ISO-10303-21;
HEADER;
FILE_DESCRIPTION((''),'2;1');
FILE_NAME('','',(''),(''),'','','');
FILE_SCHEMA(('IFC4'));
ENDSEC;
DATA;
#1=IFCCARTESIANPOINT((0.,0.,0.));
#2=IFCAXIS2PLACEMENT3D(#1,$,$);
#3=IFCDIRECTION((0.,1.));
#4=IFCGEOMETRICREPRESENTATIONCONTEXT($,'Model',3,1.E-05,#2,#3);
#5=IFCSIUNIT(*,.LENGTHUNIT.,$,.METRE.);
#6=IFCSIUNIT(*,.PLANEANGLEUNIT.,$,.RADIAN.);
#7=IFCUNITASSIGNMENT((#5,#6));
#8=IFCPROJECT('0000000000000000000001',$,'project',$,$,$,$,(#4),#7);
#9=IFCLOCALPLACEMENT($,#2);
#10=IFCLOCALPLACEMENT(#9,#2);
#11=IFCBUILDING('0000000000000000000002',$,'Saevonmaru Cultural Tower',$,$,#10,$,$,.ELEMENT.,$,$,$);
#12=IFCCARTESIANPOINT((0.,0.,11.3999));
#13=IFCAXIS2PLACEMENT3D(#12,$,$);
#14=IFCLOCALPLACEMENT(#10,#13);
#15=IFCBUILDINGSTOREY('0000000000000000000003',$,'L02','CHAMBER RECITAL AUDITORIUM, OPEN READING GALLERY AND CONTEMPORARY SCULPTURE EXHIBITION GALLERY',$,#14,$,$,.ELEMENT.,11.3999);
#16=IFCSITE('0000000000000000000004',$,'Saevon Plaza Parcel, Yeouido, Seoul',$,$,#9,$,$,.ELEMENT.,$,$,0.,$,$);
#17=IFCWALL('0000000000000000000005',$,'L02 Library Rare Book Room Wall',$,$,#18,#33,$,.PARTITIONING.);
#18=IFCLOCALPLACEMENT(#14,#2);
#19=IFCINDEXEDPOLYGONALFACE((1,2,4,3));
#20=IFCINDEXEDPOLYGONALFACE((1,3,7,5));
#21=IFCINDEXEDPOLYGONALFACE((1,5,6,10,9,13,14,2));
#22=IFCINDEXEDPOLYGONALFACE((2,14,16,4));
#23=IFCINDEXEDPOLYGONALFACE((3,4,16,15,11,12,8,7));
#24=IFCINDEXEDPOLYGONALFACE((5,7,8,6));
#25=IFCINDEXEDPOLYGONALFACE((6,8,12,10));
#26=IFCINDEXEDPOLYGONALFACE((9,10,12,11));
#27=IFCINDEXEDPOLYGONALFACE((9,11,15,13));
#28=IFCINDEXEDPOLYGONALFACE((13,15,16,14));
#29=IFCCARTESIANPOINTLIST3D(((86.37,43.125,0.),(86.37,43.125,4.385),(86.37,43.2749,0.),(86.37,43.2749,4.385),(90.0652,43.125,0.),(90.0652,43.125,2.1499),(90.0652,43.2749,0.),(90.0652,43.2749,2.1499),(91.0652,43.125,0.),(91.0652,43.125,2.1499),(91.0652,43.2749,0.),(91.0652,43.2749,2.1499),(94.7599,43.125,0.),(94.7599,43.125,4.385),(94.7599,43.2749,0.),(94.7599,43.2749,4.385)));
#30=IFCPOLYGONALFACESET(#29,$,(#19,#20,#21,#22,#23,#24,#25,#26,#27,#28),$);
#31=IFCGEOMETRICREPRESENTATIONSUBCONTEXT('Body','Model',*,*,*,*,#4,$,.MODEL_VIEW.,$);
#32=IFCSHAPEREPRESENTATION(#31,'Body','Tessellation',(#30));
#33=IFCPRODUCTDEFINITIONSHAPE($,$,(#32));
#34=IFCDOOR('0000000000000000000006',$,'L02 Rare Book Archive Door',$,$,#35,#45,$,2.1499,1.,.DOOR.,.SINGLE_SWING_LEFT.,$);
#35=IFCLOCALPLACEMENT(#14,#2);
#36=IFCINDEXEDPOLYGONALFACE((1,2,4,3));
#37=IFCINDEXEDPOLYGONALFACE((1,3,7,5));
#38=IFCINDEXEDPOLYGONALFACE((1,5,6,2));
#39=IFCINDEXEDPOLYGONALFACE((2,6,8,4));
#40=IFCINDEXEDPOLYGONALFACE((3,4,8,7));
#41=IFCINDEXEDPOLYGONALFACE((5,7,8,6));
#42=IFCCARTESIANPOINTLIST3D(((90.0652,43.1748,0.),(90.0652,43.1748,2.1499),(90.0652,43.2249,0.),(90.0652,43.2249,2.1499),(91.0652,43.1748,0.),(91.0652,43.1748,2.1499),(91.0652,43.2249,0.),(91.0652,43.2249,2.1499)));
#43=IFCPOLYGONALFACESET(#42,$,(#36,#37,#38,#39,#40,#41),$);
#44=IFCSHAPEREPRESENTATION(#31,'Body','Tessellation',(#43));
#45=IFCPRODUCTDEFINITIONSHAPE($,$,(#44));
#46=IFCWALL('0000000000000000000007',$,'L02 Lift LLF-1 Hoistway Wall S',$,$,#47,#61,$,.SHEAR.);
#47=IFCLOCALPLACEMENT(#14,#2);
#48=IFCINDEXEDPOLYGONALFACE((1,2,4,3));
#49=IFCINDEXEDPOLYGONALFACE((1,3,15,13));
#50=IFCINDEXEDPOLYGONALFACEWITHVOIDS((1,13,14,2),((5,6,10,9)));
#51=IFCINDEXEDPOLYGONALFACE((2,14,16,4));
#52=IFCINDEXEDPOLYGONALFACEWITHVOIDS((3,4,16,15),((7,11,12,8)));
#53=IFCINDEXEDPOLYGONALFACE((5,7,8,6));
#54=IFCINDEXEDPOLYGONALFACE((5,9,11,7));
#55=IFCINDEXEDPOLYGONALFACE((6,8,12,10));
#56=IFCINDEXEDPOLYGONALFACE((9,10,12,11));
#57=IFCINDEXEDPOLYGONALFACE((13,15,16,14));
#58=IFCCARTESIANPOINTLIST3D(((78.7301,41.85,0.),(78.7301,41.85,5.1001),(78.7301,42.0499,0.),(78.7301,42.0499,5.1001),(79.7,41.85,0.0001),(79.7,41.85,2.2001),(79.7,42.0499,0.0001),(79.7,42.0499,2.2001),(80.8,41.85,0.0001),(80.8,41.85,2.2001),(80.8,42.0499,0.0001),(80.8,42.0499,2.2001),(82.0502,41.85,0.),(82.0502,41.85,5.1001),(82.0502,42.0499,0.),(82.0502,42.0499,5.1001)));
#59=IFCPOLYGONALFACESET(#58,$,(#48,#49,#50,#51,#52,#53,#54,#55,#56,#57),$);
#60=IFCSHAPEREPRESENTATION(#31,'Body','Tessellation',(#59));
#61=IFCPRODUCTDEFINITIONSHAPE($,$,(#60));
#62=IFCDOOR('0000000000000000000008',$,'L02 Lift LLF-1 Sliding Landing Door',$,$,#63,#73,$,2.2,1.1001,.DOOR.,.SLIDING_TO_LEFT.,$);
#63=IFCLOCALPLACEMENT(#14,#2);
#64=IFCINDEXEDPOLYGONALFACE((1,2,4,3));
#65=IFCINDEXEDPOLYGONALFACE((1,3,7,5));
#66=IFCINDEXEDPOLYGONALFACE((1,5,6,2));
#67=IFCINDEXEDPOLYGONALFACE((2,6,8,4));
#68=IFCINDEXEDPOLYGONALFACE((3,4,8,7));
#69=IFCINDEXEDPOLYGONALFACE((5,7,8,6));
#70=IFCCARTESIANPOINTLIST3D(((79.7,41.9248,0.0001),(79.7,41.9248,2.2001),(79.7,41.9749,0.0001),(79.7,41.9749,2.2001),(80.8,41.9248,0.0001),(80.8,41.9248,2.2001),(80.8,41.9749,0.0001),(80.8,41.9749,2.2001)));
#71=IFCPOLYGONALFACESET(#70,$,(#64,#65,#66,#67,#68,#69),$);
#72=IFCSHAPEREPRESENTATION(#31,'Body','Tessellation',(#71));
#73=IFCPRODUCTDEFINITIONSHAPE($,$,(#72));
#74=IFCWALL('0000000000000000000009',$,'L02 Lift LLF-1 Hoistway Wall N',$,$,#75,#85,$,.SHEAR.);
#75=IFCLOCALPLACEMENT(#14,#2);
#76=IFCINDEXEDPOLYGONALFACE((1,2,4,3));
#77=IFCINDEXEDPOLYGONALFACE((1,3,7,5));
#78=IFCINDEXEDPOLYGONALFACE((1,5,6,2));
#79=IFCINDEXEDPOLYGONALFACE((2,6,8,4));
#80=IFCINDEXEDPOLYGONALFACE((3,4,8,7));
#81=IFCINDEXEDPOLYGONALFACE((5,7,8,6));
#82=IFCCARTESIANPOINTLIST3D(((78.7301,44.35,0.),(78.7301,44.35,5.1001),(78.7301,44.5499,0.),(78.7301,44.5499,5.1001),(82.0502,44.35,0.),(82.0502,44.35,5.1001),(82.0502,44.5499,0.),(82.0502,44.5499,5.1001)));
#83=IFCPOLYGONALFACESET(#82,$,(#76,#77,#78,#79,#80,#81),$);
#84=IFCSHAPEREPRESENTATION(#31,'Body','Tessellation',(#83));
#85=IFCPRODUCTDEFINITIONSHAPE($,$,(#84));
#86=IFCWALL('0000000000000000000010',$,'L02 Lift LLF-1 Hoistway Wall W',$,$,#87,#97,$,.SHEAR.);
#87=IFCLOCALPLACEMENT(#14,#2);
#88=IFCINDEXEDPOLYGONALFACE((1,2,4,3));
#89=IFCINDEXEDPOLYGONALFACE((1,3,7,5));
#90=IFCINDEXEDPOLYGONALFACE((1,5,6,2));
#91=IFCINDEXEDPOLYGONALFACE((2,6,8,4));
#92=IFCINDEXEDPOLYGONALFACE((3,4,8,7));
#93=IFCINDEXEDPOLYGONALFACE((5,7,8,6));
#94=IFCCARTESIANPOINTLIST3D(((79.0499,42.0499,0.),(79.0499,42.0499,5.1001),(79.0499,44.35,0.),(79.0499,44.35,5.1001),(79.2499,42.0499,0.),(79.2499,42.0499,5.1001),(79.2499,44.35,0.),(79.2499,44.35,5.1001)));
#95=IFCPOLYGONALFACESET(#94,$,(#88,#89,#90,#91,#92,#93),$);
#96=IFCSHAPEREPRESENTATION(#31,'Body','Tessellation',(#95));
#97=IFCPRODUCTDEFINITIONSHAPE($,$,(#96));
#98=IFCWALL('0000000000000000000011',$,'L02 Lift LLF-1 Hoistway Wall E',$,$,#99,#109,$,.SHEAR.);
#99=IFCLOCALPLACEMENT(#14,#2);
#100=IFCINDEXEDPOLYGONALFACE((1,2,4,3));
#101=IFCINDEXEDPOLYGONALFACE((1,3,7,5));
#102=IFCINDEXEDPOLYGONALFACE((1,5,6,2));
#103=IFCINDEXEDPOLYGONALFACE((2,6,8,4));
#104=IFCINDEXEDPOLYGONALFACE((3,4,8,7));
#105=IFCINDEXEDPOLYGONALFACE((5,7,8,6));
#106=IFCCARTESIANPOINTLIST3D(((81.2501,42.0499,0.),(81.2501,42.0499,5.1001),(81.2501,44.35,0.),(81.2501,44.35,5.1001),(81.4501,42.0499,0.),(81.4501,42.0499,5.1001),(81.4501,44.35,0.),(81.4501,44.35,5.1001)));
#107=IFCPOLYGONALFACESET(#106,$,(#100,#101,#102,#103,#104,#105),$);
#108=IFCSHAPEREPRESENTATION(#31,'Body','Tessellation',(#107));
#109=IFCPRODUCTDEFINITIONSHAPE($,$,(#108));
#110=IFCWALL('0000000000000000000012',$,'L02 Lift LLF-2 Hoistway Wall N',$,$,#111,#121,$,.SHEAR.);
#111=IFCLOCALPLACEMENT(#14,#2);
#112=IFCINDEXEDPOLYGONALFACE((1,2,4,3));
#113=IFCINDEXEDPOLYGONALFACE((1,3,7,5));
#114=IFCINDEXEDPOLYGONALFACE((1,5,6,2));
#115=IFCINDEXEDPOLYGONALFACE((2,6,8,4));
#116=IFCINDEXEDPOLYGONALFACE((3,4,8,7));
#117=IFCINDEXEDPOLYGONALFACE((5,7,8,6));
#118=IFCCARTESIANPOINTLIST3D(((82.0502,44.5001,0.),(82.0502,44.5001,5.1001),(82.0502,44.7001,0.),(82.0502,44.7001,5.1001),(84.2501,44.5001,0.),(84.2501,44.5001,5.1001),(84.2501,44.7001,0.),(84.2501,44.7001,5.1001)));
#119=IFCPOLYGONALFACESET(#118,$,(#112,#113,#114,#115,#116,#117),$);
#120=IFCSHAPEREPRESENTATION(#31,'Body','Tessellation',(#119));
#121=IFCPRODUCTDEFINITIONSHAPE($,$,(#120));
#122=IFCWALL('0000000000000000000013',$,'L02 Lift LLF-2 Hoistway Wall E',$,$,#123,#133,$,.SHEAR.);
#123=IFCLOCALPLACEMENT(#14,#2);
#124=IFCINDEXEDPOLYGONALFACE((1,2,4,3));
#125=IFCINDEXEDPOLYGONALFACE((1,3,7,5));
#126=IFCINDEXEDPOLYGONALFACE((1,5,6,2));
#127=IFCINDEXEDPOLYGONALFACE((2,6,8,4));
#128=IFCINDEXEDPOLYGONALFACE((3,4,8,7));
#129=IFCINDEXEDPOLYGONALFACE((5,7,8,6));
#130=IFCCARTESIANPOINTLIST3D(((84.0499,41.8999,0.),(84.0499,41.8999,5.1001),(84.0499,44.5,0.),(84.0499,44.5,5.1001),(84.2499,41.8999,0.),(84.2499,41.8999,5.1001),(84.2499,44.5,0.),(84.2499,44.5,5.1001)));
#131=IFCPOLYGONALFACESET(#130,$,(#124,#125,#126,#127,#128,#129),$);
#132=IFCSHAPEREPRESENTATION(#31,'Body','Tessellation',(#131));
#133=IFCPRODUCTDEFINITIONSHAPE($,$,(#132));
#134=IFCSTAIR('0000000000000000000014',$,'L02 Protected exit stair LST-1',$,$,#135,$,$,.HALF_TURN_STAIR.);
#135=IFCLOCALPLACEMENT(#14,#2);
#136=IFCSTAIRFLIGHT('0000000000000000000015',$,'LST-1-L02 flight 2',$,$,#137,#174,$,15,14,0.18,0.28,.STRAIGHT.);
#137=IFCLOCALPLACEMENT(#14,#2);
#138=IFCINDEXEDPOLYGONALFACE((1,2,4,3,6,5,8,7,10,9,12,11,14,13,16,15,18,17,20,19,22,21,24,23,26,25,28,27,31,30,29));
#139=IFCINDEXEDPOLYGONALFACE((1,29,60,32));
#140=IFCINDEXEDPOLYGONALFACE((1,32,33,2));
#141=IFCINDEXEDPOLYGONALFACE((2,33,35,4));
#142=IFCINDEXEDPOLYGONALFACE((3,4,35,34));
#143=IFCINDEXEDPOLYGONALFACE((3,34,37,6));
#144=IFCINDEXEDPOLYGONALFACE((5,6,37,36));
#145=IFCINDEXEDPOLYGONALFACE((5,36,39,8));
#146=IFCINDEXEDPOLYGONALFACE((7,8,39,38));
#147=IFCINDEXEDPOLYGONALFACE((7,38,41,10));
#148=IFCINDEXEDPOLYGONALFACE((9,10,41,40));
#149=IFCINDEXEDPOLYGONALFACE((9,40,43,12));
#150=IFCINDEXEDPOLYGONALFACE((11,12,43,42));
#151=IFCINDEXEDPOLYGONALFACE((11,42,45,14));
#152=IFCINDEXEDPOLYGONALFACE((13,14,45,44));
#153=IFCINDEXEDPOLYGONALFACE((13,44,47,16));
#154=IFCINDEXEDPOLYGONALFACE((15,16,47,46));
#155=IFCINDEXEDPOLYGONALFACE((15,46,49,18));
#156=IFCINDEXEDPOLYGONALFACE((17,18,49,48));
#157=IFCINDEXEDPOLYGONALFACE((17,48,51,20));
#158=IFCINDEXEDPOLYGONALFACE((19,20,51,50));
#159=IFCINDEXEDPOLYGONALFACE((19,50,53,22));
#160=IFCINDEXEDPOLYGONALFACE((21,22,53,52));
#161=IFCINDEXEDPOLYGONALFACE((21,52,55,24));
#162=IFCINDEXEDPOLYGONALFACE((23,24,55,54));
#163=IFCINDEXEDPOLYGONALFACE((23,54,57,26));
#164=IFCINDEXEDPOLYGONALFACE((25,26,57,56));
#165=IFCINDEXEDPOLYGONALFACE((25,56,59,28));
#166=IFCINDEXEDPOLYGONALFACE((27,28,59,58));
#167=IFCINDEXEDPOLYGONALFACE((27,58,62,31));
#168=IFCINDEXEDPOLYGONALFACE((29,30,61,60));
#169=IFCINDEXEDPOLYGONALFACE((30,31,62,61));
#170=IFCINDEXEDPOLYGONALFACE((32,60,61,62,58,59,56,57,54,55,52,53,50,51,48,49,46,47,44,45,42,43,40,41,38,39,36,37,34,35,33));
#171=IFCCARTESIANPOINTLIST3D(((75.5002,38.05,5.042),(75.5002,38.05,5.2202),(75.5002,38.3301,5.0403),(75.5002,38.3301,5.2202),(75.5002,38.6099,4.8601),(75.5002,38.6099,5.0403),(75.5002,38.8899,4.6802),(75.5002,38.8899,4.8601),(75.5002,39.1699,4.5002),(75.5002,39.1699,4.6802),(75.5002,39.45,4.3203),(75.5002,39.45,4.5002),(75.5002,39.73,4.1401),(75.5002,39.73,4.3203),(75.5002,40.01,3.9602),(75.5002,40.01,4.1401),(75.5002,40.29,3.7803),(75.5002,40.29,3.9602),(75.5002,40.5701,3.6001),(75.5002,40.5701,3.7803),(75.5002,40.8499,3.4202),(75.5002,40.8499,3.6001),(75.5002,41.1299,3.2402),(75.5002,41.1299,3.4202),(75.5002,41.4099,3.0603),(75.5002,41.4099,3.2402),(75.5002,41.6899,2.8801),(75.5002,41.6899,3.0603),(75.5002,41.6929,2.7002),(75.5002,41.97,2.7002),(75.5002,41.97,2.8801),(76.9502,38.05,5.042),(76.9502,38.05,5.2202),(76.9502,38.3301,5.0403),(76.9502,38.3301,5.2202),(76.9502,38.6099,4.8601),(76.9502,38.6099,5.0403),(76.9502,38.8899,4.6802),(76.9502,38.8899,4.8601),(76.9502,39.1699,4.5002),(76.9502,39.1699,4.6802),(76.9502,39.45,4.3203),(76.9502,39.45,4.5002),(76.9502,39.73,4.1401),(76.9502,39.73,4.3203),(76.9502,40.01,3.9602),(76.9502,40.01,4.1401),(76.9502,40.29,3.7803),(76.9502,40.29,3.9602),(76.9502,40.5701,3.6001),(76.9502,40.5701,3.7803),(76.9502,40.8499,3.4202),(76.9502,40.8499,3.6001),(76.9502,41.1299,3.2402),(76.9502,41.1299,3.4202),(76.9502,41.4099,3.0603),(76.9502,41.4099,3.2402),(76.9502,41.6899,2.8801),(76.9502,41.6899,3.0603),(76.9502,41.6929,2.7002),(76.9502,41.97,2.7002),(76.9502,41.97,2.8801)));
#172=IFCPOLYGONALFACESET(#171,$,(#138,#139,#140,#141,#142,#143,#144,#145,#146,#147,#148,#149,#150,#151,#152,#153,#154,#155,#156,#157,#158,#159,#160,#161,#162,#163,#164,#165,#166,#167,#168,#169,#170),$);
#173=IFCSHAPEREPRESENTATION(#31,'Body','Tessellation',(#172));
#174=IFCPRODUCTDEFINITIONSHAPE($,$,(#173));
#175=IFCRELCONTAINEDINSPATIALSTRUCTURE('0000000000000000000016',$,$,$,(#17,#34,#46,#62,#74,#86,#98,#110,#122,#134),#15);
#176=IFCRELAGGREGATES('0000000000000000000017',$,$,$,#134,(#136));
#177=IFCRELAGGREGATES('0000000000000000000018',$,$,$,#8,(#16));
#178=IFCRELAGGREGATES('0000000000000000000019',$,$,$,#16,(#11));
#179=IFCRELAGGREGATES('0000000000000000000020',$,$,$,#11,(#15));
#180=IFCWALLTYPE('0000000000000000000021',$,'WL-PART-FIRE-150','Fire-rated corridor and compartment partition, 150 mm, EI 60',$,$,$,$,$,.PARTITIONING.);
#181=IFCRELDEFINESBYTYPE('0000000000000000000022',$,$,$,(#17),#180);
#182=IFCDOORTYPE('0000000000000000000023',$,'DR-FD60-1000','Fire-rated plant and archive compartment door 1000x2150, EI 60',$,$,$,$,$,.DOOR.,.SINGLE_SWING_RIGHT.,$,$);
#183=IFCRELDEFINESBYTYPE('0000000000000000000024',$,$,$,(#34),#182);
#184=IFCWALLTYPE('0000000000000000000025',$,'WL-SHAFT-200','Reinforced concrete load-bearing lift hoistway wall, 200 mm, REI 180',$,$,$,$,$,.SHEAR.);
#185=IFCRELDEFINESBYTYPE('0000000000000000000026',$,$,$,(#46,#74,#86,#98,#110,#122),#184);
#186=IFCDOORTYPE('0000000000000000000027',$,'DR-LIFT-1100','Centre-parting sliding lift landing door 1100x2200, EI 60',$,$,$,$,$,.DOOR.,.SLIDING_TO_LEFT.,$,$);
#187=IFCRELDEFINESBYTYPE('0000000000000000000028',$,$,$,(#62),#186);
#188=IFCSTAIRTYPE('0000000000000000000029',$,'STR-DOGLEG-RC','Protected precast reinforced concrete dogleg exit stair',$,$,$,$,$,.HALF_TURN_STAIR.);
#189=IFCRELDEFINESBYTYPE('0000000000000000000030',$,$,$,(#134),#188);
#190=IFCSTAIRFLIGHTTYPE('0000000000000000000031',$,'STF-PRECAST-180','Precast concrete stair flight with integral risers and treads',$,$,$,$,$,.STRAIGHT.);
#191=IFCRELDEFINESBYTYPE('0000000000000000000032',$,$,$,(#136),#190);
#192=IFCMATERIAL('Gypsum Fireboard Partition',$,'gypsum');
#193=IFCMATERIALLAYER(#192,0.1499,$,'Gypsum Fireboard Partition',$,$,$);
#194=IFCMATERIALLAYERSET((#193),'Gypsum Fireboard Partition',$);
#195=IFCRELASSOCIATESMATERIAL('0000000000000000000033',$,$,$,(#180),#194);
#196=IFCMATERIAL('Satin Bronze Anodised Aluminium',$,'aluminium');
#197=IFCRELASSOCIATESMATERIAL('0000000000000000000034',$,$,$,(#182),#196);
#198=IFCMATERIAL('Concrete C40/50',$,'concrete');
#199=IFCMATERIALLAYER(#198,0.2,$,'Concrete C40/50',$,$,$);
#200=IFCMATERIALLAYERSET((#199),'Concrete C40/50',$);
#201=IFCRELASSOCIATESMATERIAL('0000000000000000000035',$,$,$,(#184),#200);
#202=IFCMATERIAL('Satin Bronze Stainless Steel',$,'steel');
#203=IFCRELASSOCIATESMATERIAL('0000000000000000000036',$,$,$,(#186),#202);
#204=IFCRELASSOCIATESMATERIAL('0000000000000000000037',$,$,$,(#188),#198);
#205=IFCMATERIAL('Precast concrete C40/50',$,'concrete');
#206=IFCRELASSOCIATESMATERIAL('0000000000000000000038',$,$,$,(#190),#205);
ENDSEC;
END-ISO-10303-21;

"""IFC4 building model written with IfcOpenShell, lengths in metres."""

from ifc_helpers import new_model, si_unit, direction, frame, frame_2d, origin, place, context, subcontext, project, spatial, polyline, rectangle, outline, extrude, material, layer, layer_set, type_object, element, fill, aggregate, save


model = new_model("IFC4")

# Units and contexts
model_context = context("Model", 3, precision=1e-05, world=origin(), true_north=direction((0.0, 1.0)))
body_context = subcontext(model_context, "Body", "Model", "MODEL_VIEW")
ifc_project = project(units=[si_unit("LENGTHUNIT", "METRE"), si_unit("PLANEANGLEUNIT", "RADIAN")], contexts=[model_context])

# Site, building, storey
site_placement = place(None, origin())
site = spatial("IfcSite", under=ifc_project, at=site_placement, Name="Saevon Plaza Parcel, Yeouido, Seoul", CompositionType="ELEMENT", RefElevation=0.0)
building_placement = place(site_placement, origin())
building = spatial("IfcBuilding", under=site, at=building_placement, Name="Saevonmaru Cultural Tower", CompositionType="ELEMENT")
storey_placement = place(building_placement, frame((0.0, 0.0, 11.3999)))
storey = spatial("IfcBuildingStorey", under=building, at=storey_placement, Name="L02", Description="CHAMBER RECITAL AUDITORIUM, OPEN READING GALLERY AND CONTEMPORARY SCULPTURE EXHIBITION GALLERY", CompositionType="ELEMENT", Elevation=11.3999)

# Walls, openings, doors
ifc_material_1 = material(Name="Gypsum Fireboard Partition", Category="gypsum")
ifc_layer_1 = layer(ifc_material_1, 0.1499, Name="Gypsum Fireboard Partition")
ifc_layer_set_1 = layer_set([ifc_layer_1], Name="Gypsum Fireboard Partition")
wall_type_1 = type_object("IfcWallType", Name="WL-PART-FIRE-150", Description="Fire-rated corridor and compartment partition, 150 mm, EI 60", PredefinedType="PARTITIONING", material=ifc_layer_set_1)
wall_1_placement = place(storey_placement, frame((86.3701, 43.2, 0.0), z_axis=(0.0, 0.0, 1.0), x_axis=(1.0, 0.0, 0.0)))
wall_1 = element("IfcWall", 1, at=wall_1_placement, inside=storey, type_object=wall_type_1, Name="L02 Library Rare Book Room Wall", PredefinedType="PARTITIONING", context=body_context, shape_type="SweptSolid", body=[
    extrude(rectangle(XDim=8.3899, YDim=0.1499, at=frame_2d((4.1948, 0.0))), origin(), (0.0, 0.0, 1.0), 4.385),
])
opening_1_placement = place(wall_1_placement, frame((3.6951, 0.0, 0.0)))
opening_1 = element("IfcOpeningElement", 2, at=opening_1_placement, cuts=wall_1, PredefinedType="OPENING", context=body_context, shape_type="SweptSolid", body=[
    extrude(rectangle(XDim=1.0, YDim=2.1499, at=frame_2d((0.5, 1.075))), frame((0.0, 0.085, 0.0), z_axis=(0.0, -1.0, 0.0), x_axis=(1.0, 0.0, 0.0)), (0.0, 0.0, 1.0), 0.1699),
])
ifc_material_2 = material(Name="Satin Bronze Anodised Aluminium", Category="aluminium")
door_type_1 = type_object("IfcDoorType", Name="DR-FD60-1000", Description="Fire-rated plant and archive compartment door 1000x2150, EI 60", OperationType="SINGLE_SWING_RIGHT", PredefinedType="DOOR", material=ifc_material_2)
door_1_placement = place(opening_1_placement, origin())
door_1 = element("IfcDoor", 3, at=door_1_placement, inside=storey, type_object=door_type_1, Name="L02 Rare Book Archive Door", OperationType="SINGLE_SWING_LEFT", OverallHeight=2.1499, OverallWidth=1.0, PredefinedType="DOOR", context=body_context, shape_type="SweptSolid", body=[
    extrude(rectangle(XDim=1.0, YDim=2.1499, at=frame_2d((0.5, 1.075))), frame((0.0, 0.0249, 0.0), z_axis=(0.0, -1.0, 0.0), x_axis=(1.0, 0.0, 0.0)), (0.0, 0.0, 1.0), 0.05),
])
fill(opening_1, door_1)
ifc_material_3 = material(Name="Concrete C40/50", Category="concrete")
ifc_layer_2 = layer(ifc_material_3, 0.2, Name="Concrete C40/50")
ifc_layer_set_2 = layer_set([ifc_layer_2], Name="Concrete C40/50")
wall_type_2 = type_object("IfcWallType", Name="WL-SHAFT-200", Description="Reinforced concrete load-bearing lift hoistway wall, 200 mm, REI 180", PredefinedType="SHEAR", material=ifc_layer_set_2)
wall_2_placement = place(storey_placement, frame((78.73, 41.95, 0.0), z_axis=(0.0, 0.0, 1.0), x_axis=(1.0, 0.0, 0.0)))
wall_2 = element("IfcWall", 4, at=wall_2_placement, inside=storey, type_object=wall_type_2, Name="L02 Lift LLF-1 Hoistway Wall S", PredefinedType="SHEAR", context=body_context, shape_type="SweptSolid", body=[
    extrude(rectangle(XDim=3.3201, YDim=0.2, at=frame_2d((1.6602, 0.0))), origin(), (0.0, 0.0, 1.0), 5.1001),
])
opening_2_placement = place(wall_2_placement, frame((0.97, 0.0, 0.0)))
opening_2 = element("IfcOpeningElement", 5, at=opening_2_placement, cuts=wall_2, PredefinedType="OPENING", context=body_context, shape_type="SweptSolid", body=[
    extrude(rectangle(XDim=1.1001, YDim=2.2, at=frame_2d((0.55, 1.1001))), frame((0.0, 0.1099, 0.0), z_axis=(0.0, -1.0, 0.0), x_axis=(1.0, 0.0, 0.0)), (0.0, 0.0, 1.0), 0.22),
])
ifc_material_4 = material(Name="Satin Bronze Stainless Steel", Category="steel")
door_type_2 = type_object("IfcDoorType", Name="DR-LIFT-1100", Description="Centre-parting sliding lift landing door 1100x2200, EI 60", OperationType="SLIDING_TO_LEFT", PredefinedType="DOOR", material=ifc_material_4)
door_2_placement = place(opening_2_placement, origin())
door_2 = element("IfcDoor", 6, at=door_2_placement, inside=storey, type_object=door_type_2, Name="L02 Lift LLF-1 Sliding Landing Door", OperationType="SLIDING_TO_LEFT", OverallHeight=2.2, OverallWidth=1.1001, PredefinedType="DOOR", context=body_context, shape_type="SweptSolid", body=[
    extrude(rectangle(XDim=1.1001, YDim=2.2, at=frame_2d((0.55, 1.1001))), frame((0.0, 0.0249, 0.0), z_axis=(0.0, -1.0, 0.0), x_axis=(1.0, 0.0, 0.0)), (0.0, 0.0, 1.0), 0.05),
])
fill(opening_2, door_2)

# Walls
wall_3_placement = place(storey_placement, frame((78.73, 44.45, 0.0), z_axis=(0.0, 0.0, 1.0), x_axis=(1.0, 0.0, 0.0)))
element("IfcWall", 7, at=wall_3_placement, inside=storey, type_object=wall_type_2, Name="L02 Lift LLF-1 Hoistway Wall N", PredefinedType="SHEAR", context=body_context, shape_type="SweptSolid", body=[
    extrude(rectangle(XDim=3.3201, YDim=0.2, at=frame_2d((1.6602, 0.0))), origin(), (0.0, 0.0, 1.0), 5.1001),
])
for number, where, z_axis, x_axis, name in (
    (8, (79.1499, 42.05, 0.0), (0.0, 0.0, 1.0), (0.0, 1.0, 0.0), "L02 Lift LLF-1 Hoistway Wall W"),
    (9, (81.3501, 42.05, 0.0), (0.0, 0.0, 1.0), (0.0, 1.0, 0.0), "L02 Lift LLF-1 Hoistway Wall E"),
):
    element("IfcWall", number, at=place(storey_placement, frame(where, z_axis=z_axis, x_axis=x_axis)), inside=storey, type_object=wall_type_2, Name=name, PredefinedType="SHEAR", context=body_context, shape_type="SweptSolid", body=[
        extrude(rectangle(XDim=2.3, YDim=0.2, at=frame_2d((1.1499, 0.0))), origin(), (0.0, 0.0, 1.0), 5.1001),
    ])
wall_4_placement = place(storey_placement, frame((82.05, 44.6001, 0.0), z_axis=(0.0, 0.0, 1.0), x_axis=(1.0, 0.0, 0.0)))
element("IfcWall", 10, at=wall_4_placement, inside=storey, type_object=wall_type_2, Name="L02 Lift LLF-2 Hoistway Wall N", PredefinedType="SHEAR", context=body_context, shape_type="SweptSolid", body=[
    extrude(rectangle(XDim=2.2, YDim=0.2, at=frame_2d((1.1001, 0.0))), origin(), (0.0, 0.0, 1.0), 5.1001),
])
wall_5_placement = place(storey_placement, frame((84.1499, 41.8999, 0.0), z_axis=(0.0, 0.0, 1.0), x_axis=(0.0, 1.0, 0.0)))
element("IfcWall", 11, at=wall_5_placement, inside=storey, type_object=wall_type_2, Name="L02 Lift LLF-2 Hoistway Wall E", PredefinedType="SHEAR", context=body_context, shape_type="SweptSolid", body=[
    extrude(rectangle(XDim=2.6001, YDim=0.2, at=frame_2d((1.3, 0.0))), origin(), (0.0, 0.0, 1.0), 5.1001),
])

# Stair, stair flight
stair_type = type_object("IfcStairType", Name="STR-DOGLEG-RC", Description="Protected precast reinforced concrete dogleg exit stair", PredefinedType="HALF_TURN_STAIR", material=ifc_material_3)
stair_placement = place(storey_placement, origin())
stair = element("IfcStair", 12, at=stair_placement, inside=storey, type_object=stair_type, Name="L02 Protected exit stair LST-1", PredefinedType="HALF_TURN_STAIR")
ifc_material_5 = material(Name="Precast concrete C40/50", Category="concrete")
stair_flight_type = type_object("IfcStairFlightType", Name="STF-PRECAST-180", Description="Precast concrete stair flight with integral risers and treads", PredefinedType="STRAIGHT", material=ifc_material_5)
stair_flight_placement = place(storey_placement, frame((76.2251, 41.97, 2.7002), z_axis=(0.0, 0.0, 1.0), x_axis=(0.0, -1.0, 0.0)))
stair_flight = element("IfcStairFlight", 13, at=stair_flight_placement, type_object=stair_flight_type, Name="LST-1-L02 flight 2", NumberOfRisers=15, NumberOfTreads=14, PredefinedType="STRAIGHT", RiserHeight=0.18, TreadLength=0.28, context=body_context, shape_type="SweptSolid", body=[
    extrude(outline(polyline([(0.0, 0.0), (0.0, 0.1799), (0.28, 0.1799), (0.28, 0.3601), (0.5601, 0.3601), (0.5601, 0.54), (0.8401, 0.54), (0.8401, 0.72), (1.1201, 0.72), (1.1201, 0.8999), (1.3999, 0.8999), (1.3999, 1.0801), (1.6799, 1.0801), (1.6799, 1.26), (1.96, 1.26), (1.96, 1.4399), (2.24, 1.4399), (2.24, 1.6201), (2.52, 1.6201), (2.52, 1.8), (2.8, 1.8), (2.8, 1.98), (3.0801, 1.98), (3.0801, 2.1599), (3.3601, 2.1599), (3.3601, 2.3401), (3.6399, 2.3401), (3.6399, 2.52), (3.9199, 2.52), (3.9199, 2.7), (3.9199, 2.3418), (0.2771, 0.0), (0.0, 0.0)])), frame((0.0, 0.7251, 0.0), z_axis=(0.0, -1.0, 0.0), x_axis=(1.0, 0.0, 0.0)), (0.0, 0.0, 1.0), 1.45),
])
aggregate(stair, [stair_flight])

save(model, "model.ifc")
